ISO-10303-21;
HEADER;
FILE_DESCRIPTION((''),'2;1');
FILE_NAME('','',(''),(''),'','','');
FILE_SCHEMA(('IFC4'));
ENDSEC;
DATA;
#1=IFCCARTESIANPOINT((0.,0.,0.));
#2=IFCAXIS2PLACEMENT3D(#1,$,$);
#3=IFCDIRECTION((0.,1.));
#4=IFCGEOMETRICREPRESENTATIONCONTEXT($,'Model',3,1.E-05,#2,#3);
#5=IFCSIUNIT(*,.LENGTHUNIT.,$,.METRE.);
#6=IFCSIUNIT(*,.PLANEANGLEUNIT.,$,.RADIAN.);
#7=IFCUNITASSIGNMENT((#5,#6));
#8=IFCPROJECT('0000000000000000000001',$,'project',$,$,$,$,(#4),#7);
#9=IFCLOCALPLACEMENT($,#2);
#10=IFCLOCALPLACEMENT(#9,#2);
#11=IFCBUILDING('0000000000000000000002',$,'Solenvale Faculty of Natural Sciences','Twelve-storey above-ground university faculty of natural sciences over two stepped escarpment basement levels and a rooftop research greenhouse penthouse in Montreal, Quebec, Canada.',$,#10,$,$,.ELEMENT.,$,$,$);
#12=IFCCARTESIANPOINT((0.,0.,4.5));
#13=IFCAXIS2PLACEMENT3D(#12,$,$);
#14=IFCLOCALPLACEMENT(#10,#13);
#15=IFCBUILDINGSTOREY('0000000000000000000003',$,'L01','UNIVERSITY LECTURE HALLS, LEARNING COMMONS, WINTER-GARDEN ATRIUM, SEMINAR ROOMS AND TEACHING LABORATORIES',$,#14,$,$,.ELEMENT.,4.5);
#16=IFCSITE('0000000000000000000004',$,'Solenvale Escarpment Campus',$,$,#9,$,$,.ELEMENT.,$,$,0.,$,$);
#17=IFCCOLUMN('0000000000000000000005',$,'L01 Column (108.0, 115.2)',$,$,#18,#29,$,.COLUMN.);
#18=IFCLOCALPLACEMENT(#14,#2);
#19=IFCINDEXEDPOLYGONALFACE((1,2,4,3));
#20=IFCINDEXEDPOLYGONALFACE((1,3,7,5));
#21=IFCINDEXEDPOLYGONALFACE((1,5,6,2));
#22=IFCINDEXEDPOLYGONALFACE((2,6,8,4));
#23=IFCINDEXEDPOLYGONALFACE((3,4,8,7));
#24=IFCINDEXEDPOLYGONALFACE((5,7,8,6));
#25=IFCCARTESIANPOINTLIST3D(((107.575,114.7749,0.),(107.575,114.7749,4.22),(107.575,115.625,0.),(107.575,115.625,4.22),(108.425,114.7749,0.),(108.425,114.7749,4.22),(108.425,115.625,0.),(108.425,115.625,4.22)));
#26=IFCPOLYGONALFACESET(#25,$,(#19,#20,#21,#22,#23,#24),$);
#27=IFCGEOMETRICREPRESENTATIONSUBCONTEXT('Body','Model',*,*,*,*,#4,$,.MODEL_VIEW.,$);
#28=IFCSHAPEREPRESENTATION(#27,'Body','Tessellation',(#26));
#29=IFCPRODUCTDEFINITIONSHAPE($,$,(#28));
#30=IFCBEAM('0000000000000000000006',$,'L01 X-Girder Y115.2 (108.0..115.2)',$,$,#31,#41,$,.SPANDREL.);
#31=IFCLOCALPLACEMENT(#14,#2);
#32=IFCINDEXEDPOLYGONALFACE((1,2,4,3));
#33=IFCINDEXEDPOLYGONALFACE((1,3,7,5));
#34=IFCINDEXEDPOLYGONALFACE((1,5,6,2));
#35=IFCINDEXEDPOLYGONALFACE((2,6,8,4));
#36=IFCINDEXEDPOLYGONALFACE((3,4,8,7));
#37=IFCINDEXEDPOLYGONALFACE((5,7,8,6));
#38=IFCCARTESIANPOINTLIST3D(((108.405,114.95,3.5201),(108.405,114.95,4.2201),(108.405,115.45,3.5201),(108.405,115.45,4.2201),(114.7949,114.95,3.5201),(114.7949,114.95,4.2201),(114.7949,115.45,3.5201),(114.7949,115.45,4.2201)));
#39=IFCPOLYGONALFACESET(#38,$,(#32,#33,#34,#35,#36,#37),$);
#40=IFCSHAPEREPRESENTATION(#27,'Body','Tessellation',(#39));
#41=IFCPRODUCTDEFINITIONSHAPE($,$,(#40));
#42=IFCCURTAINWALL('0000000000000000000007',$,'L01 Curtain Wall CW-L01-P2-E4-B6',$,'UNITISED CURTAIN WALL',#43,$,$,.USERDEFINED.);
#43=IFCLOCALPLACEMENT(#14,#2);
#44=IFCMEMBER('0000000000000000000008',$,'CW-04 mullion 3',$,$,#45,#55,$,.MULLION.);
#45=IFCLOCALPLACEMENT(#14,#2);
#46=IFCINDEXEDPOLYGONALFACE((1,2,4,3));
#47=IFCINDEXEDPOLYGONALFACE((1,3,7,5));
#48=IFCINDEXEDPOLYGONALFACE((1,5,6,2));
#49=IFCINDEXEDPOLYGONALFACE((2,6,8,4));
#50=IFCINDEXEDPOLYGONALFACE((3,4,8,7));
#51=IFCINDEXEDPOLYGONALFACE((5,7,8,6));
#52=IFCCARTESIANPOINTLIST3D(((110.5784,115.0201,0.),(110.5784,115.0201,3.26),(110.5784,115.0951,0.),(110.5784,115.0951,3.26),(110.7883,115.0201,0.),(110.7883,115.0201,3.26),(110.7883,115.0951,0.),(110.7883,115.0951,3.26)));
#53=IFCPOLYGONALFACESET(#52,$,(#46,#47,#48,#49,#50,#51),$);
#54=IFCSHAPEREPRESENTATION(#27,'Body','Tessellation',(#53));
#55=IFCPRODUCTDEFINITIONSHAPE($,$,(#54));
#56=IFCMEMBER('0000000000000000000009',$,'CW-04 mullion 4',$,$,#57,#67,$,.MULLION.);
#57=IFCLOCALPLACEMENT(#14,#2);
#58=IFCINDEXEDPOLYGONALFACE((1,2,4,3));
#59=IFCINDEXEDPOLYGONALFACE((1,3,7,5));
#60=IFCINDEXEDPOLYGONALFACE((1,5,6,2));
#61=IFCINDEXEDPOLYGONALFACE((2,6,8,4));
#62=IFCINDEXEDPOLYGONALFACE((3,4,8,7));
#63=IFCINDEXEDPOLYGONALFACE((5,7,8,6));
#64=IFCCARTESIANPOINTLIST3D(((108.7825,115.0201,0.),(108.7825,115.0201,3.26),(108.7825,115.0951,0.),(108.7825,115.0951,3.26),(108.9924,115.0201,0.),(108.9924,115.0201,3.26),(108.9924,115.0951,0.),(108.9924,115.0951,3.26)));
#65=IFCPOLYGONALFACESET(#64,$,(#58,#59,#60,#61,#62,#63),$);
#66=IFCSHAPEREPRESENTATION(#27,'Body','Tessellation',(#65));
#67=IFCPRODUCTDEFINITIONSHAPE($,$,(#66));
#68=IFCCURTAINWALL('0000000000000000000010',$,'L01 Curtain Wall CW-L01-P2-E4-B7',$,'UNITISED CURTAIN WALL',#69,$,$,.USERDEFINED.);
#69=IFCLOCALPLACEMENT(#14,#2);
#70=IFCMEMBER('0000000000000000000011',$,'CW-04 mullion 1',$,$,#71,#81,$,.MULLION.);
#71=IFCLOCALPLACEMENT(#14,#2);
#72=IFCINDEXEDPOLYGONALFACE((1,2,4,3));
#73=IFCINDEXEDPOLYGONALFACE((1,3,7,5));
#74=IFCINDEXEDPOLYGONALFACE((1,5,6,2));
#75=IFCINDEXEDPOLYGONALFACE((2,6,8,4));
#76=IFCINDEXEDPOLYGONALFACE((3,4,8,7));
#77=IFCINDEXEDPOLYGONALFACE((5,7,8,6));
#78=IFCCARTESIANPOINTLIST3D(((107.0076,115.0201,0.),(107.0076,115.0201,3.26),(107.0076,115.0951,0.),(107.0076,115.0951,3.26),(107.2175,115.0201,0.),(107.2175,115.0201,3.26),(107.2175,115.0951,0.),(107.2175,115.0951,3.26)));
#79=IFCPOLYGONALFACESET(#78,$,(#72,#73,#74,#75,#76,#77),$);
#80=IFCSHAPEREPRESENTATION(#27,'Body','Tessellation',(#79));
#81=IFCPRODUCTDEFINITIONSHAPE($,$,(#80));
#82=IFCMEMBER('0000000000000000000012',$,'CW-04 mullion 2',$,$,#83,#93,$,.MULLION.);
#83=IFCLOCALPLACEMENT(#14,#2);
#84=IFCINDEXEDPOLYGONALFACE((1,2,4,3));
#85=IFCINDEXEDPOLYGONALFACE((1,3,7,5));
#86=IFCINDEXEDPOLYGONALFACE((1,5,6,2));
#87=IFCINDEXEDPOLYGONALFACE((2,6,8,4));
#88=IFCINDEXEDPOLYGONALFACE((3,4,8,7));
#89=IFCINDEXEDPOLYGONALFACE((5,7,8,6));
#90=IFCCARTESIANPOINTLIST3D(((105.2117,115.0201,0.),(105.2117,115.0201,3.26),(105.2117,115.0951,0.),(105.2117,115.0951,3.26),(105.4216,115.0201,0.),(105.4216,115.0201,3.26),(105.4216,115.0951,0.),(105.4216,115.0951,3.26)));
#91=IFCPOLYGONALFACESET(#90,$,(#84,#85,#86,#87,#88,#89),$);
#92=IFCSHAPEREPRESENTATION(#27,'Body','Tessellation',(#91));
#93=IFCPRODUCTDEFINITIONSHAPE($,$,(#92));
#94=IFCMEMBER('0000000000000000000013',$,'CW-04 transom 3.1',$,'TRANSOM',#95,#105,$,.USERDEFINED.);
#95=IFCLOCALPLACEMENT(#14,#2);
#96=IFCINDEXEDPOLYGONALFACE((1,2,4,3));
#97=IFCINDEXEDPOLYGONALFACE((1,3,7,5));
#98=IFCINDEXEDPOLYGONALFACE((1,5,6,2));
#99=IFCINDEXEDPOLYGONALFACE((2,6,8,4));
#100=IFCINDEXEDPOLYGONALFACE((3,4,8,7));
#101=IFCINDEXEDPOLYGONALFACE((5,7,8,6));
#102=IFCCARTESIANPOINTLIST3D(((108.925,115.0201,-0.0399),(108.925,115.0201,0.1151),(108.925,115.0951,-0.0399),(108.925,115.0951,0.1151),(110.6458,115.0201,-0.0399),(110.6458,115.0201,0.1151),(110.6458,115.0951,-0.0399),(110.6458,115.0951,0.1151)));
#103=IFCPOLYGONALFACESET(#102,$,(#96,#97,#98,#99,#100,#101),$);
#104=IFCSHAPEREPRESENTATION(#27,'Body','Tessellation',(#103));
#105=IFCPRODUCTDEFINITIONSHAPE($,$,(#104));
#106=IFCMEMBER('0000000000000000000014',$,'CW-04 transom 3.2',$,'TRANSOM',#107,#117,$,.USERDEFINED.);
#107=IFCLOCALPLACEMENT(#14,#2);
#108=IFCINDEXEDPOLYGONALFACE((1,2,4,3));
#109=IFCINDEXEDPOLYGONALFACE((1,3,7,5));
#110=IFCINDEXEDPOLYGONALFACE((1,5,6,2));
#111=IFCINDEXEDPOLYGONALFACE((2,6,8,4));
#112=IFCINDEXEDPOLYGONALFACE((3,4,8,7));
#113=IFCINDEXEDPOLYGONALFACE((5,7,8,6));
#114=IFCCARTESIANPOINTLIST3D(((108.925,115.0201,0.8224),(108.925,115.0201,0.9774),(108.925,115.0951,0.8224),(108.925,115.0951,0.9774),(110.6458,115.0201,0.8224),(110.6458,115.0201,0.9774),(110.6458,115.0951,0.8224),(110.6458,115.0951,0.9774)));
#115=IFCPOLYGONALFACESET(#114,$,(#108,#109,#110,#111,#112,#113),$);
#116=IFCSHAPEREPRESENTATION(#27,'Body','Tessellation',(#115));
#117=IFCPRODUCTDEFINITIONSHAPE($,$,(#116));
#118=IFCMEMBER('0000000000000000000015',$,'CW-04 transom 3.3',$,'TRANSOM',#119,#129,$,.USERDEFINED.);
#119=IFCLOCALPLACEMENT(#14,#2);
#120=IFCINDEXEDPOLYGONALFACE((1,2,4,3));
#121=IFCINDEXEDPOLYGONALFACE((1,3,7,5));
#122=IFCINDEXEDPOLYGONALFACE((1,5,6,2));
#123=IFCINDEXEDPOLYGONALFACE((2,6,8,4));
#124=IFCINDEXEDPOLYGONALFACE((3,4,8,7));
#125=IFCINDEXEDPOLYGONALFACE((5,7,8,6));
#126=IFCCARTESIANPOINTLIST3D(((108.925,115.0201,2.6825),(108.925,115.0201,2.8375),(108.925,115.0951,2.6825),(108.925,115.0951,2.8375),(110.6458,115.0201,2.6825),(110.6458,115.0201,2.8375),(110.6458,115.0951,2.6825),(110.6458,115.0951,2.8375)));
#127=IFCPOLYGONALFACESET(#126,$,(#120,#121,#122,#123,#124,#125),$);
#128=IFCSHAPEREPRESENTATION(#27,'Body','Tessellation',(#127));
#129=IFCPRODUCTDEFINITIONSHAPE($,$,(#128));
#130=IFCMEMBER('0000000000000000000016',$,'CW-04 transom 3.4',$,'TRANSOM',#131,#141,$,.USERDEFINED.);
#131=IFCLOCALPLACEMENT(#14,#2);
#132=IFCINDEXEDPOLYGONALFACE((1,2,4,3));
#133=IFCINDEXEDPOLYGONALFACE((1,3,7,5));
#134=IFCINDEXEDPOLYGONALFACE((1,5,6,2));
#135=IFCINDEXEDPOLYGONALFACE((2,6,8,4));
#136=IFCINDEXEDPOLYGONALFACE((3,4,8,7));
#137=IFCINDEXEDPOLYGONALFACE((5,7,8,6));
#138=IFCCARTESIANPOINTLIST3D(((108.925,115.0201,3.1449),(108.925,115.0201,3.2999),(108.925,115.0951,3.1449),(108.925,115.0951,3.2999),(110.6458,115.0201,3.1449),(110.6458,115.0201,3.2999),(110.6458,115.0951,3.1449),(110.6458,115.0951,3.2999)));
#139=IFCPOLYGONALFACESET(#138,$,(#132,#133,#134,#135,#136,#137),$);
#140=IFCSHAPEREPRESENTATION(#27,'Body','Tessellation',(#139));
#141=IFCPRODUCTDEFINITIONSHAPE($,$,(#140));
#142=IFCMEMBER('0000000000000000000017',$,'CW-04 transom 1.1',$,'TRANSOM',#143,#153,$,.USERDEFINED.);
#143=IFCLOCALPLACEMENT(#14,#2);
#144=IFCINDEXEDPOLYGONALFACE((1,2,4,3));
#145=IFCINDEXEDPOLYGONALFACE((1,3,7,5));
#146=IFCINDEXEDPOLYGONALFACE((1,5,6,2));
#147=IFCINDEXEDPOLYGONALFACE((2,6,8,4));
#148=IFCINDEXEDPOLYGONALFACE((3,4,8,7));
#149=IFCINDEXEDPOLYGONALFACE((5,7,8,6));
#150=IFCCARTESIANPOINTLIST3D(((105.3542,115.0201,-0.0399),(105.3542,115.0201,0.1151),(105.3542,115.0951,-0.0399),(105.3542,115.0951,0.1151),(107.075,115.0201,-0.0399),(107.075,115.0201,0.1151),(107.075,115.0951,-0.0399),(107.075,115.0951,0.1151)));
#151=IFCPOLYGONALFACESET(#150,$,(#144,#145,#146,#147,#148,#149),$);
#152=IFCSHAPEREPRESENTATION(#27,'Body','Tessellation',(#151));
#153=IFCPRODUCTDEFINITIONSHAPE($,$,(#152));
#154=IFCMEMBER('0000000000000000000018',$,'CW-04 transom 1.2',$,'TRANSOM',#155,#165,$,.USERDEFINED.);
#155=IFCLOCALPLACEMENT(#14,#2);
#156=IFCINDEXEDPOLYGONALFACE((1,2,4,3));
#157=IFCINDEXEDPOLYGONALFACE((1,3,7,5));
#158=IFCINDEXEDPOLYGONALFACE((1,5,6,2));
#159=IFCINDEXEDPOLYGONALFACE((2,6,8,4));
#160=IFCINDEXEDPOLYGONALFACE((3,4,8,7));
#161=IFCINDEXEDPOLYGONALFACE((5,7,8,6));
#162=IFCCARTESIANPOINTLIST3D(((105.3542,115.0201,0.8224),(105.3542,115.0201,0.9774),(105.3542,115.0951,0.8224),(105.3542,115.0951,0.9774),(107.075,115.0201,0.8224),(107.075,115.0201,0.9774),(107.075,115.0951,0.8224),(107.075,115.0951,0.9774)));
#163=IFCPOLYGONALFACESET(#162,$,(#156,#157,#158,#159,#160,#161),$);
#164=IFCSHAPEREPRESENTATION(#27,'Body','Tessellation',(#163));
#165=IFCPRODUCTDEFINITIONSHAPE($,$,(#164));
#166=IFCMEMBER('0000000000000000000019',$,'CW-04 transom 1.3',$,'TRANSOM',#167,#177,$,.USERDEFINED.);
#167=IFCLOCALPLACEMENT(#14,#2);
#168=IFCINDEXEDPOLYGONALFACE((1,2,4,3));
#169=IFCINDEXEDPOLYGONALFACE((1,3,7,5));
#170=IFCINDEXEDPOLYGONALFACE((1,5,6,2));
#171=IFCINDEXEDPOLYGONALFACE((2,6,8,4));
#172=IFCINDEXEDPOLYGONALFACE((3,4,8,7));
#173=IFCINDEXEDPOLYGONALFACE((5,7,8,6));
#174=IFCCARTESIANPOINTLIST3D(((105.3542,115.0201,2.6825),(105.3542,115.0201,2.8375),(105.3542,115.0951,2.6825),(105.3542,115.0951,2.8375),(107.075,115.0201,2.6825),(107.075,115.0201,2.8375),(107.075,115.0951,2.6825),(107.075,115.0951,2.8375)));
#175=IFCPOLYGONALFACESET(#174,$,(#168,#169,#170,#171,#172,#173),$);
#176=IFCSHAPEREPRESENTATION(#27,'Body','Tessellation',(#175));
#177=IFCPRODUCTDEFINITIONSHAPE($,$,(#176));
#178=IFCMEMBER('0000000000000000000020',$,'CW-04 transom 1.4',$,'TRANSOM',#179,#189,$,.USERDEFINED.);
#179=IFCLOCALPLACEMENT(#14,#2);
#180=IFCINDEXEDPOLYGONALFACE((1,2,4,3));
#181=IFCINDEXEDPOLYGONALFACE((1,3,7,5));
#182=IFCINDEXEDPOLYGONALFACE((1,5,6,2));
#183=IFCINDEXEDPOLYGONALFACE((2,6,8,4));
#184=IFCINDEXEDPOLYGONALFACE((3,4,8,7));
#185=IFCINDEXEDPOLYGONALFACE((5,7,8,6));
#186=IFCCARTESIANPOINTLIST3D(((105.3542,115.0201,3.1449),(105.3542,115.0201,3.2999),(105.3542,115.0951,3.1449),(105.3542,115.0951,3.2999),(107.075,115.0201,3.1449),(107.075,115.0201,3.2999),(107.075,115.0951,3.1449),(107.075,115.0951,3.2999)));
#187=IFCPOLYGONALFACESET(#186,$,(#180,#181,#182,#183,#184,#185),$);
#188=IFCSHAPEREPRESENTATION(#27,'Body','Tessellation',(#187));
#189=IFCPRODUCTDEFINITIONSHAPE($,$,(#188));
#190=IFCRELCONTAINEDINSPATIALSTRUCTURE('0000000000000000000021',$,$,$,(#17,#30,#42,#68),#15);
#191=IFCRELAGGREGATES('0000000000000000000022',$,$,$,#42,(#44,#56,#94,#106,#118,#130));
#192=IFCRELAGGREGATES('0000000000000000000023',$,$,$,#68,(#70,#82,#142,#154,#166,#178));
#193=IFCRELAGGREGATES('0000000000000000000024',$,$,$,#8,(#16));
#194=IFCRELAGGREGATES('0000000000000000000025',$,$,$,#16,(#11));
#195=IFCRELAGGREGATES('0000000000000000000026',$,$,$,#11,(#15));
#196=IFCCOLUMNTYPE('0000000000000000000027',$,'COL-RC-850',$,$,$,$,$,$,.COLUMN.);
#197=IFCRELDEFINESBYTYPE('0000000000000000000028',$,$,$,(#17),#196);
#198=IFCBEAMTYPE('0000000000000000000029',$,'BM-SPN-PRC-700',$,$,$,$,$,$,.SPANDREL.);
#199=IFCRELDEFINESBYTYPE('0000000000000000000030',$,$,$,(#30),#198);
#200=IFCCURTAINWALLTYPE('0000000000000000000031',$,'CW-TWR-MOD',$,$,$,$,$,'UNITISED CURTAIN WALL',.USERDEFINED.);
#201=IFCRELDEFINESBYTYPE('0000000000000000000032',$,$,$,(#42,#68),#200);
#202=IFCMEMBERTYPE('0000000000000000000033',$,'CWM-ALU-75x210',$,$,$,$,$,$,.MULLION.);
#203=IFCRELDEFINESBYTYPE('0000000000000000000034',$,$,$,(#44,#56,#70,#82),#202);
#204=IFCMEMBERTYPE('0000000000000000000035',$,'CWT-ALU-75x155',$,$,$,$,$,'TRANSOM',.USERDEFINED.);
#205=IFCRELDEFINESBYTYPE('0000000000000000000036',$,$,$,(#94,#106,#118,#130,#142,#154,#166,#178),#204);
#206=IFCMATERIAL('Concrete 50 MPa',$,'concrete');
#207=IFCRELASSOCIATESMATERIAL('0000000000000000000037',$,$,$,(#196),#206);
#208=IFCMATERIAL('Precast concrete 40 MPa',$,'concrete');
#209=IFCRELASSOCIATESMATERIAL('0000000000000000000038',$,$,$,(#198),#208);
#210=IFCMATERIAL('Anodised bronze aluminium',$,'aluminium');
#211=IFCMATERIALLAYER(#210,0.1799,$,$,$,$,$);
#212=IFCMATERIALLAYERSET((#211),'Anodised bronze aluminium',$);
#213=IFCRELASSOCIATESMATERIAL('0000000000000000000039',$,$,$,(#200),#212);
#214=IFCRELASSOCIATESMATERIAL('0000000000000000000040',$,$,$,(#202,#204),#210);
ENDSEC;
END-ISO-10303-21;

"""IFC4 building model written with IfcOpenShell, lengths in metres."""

from ifc_helpers import new_model, si_unit, direction, frame, origin, origin_2d, place, context, subcontext, project, spatial, rectangle, extrude, material, layer, layer_set, material_profile, profile_set, type_object, element, aggregate, save


model = new_model("IFC4")

# Units and contexts
model_context = context("Model", 3, precision=1e-05, world=origin(), true_north=direction((0.0, 1.0)))
body_context = subcontext(model_context, "Body", "Model", "MODEL_VIEW")
ifc_project = project(units=[si_unit("LENGTHUNIT", "METRE"), si_unit("PLANEANGLEUNIT", "RADIAN")], contexts=[model_context])

# Site, building, storey
site_placement = place(None, origin())
site = spatial("IfcSite", under=ifc_project, at=site_placement, Name="Solenvale Escarpment Campus", CompositionType="ELEMENT", RefElevation=0.0)
building_placement = place(site_placement, origin())
building = spatial("IfcBuilding", under=site, at=building_placement, Name="Solenvale Faculty of Natural Sciences", Description="Twelve-storey above-ground university faculty of natural sciences over two stepped escarpment basement levels and a rooftop research greenhouse penthouse in Montreal, Quebec, Canada.", CompositionType="ELEMENT")
storey_placement = place(building_placement, frame((0.0, 0.0, 4.5)))
storey = spatial("IfcBuildingStorey", under=building, at=storey_placement, Name="L01", Description="UNIVERSITY LECTURE HALLS, LEARNING COMMONS, WINTER-GARDEN ATRIUM, SEMINAR ROOMS AND TEACHING LABORATORIES", CompositionType="ELEMENT", Elevation=4.5)

# Column
ifc_material_1 = material(Name="Concrete 50 MPa", Category="concrete")
ifc_material_profile_1 = material_profile(ifc_material_1, rectangle(XDim=0.8501, YDim=0.8501, at=origin_2d()), Name="RC-COL-850x850")
ifc_profile_set_1 = profile_set([ifc_material_profile_1], Name="Concrete 50 MPa")
column_type = type_object("IfcColumnType", Name="COL-RC-850", PredefinedType="COLUMN", material=ifc_profile_set_1)
column_placement = place(storey_placement, frame((108.0, 115.2, 0.0), z_axis=(0.0, 0.0, 1.0), x_axis=(1.0, 0.0, 0.0)))
element("IfcColumn", 1, at=column_placement, inside=storey, type_object=column_type, Name="L01 Column (108.0, 115.2)", PredefinedType="COLUMN", context=body_context, shape_type="SweptSolid", body=[
    extrude(rectangle(XDim=0.8501, YDim=0.8501, at=origin_2d()), origin(), (0.0, 0.0, 1.0), 4.22),
])

# Beam
ifc_material_2 = material(Name="Precast concrete 40 MPa", Category="concrete")
ifc_material_profile_2 = material_profile(ifc_material_2, rectangle(XDim=0.5, YDim=0.7, at=origin_2d()), Name="RC-BM-500x700")
ifc_profile_set_2 = profile_set([ifc_material_profile_2], Name="Precast concrete 40 MPa")
beam_type = type_object("IfcBeamType", Name="BM-SPN-PRC-700", PredefinedType="SPANDREL", material=ifc_profile_set_2)
beam_placement = place(storey_placement, frame((108.405, 115.2, 3.8701), z_axis=(1.0, 0.0, 0.0), x_axis=(0.0, 1.0, 0.0)))
element("IfcBeam", 2, at=beam_placement, inside=storey, type_object=beam_type, Name="L01 X-Girder Y115.2 (108.0..115.2)", PredefinedType="SPANDREL", context=body_context, shape_type="SweptSolid", body=[
    extrude(rectangle(XDim=0.5, YDim=0.7, at=origin_2d()), origin(), (0.0, 0.0, 1.0), 6.3899),
])

# Curtain walls, members
ifc_material_3 = material(Name="Anodised bronze aluminium", Category="aluminium")
ifc_layer_1 = layer(ifc_material_3, 0.1799)
ifc_layer_set_1 = layer_set([ifc_layer_1], Name="Anodised bronze aluminium")
curtain_wall_type = type_object("IfcCurtainWallType", Name="CW-TWR-MOD", ElementType="UNITISED CURTAIN WALL", PredefinedType="USERDEFINED", material=ifc_layer_set_1)
curtain_wall_1_placement = place(storey_placement, origin())
curtain_wall_1 = element("IfcCurtainWall", 3, at=curtain_wall_1_placement, inside=storey, type_object=curtain_wall_type, Name="L01 Curtain Wall CW-L01-P2-E4-B6", ObjectType="UNITISED CURTAIN WALL", PredefinedType="USERDEFINED")
ifc_material_profile_3 = material_profile(ifc_material_3, rectangle(XDim=0.075, YDim=0.21, at=origin_2d()), Name="ALU-MUL-75x210")
ifc_profile_set_3 = profile_set([ifc_material_profile_3], Name="Anodised bronze aluminium")
member_type_1 = type_object("IfcMemberType", Name="CWM-ALU-75x210", PredefinedType="MULLION", material=ifc_profile_set_3)
member_1_placement = place(storey_placement, frame((110.6833, 115.0576, 0.0), z_axis=(0.0, 0.0, 1.0), x_axis=(0.0, -1.0, 0.0)))
member_1 = element("IfcMember", 4, at=member_1_placement, type_object=member_type_1, Name="CW-04 mullion 3", PredefinedType="MULLION", context=body_context, shape_type="SweptSolid", body=[
    extrude(rectangle(XDim=0.075, YDim=0.21, at=origin_2d()), origin(), (0.0, 0.0, 1.0), 3.26),
])
member_2_placement = place(storey_placement, frame((108.8875, 115.0576, 0.0), z_axis=(0.0, 0.0, 1.0), x_axis=(0.0, -1.0, 0.0)))
member_2 = element("IfcMember", 5, at=member_2_placement, type_object=member_type_1, Name="CW-04 mullion 4", PredefinedType="MULLION", context=body_context, shape_type="SweptSolid", body=[
    extrude(rectangle(XDim=0.075, YDim=0.21, at=origin_2d()), origin(), (0.0, 0.0, 1.0), 3.26),
])
curtain_wall_2_placement = place(storey_placement, origin())
curtain_wall_2 = element("IfcCurtainWall", 6, at=curtain_wall_2_placement, inside=storey, type_object=curtain_wall_type, Name="L01 Curtain Wall CW-L01-P2-E4-B7", ObjectType="UNITISED CURTAIN WALL", PredefinedType="USERDEFINED")
member_3_placement = place(storey_placement, frame((107.1125, 115.0576, 0.0), z_axis=(0.0, 0.0, 1.0), x_axis=(0.0, -1.0, 0.0)))
member_3 = element("IfcMember", 7, at=member_3_placement, type_object=member_type_1, Name="CW-04 mullion 1", PredefinedType="MULLION", context=body_context, shape_type="SweptSolid", body=[
    extrude(rectangle(XDim=0.075, YDim=0.21, at=origin_2d()), origin(), (0.0, 0.0, 1.0), 3.26),
])
member_4_placement = place(storey_placement, frame((105.3167, 115.0576, 0.0), z_axis=(0.0, 0.0, 1.0), x_axis=(0.0, -1.0, 0.0)))
member_4 = element("IfcMember", 8, at=member_4_placement, type_object=member_type_1, Name="CW-04 mullion 2", PredefinedType="MULLION", context=body_context, shape_type="SweptSolid", body=[
    extrude(rectangle(XDim=0.075, YDim=0.21, at=origin_2d()), origin(), (0.0, 0.0, 1.0), 3.26),
])

# Members
ifc_material_profile_4 = material_profile(ifc_material_3, rectangle(XDim=0.075, YDim=0.155, at=origin_2d()), Name="ALU-TRN-75x155")
ifc_profile_set_4 = profile_set([ifc_material_profile_4], Name="Anodised bronze aluminium")
member_type_2 = type_object("IfcMemberType", Name="CWT-ALU-75x155", ElementType="TRANSOM", PredefinedType="USERDEFINED", material=ifc_profile_set_4)
member_5_placement = place(storey_placement, frame((110.6458, 115.0576, 0.0376), z_axis=(-1.0, 0.0, 0.0), x_axis=(0.0, -1.0, 0.0)))
member_5 = element("IfcMember", 9, at=member_5_placement, type_object=member_type_2, Name="CW-04 transom 3.1", ObjectType="TRANSOM", PredefinedType="USERDEFINED", context=body_context, shape_type="SweptSolid", body=[
    extrude(rectangle(XDim=0.075, YDim=0.155, at=origin_2d()), origin(), (0.0, 0.0, 1.0), 1.7207),
])
member_6_placement = place(storey_placement, frame((110.6458, 115.0576, 0.8999), z_axis=(-1.0, 0.0, 0.0), x_axis=(0.0, -1.0, 0.0)))
member_6 = element("IfcMember", 10, at=member_6_placement, type_object=member_type_2, Name="CW-04 transom 3.2", ObjectType="TRANSOM", PredefinedType="USERDEFINED", context=body_context, shape_type="SweptSolid", body=[
    extrude(rectangle(XDim=0.075, YDim=0.155, at=origin_2d()), origin(), (0.0, 0.0, 1.0), 1.7207),
])
member_7_placement = place(storey_placement, frame((110.6458, 115.0576, 2.76), z_axis=(-1.0, 0.0, 0.0), x_axis=(0.0, -1.0, 0.0)))
member_7 = element("IfcMember", 11, at=member_7_placement, type_object=member_type_2, Name="CW-04 transom 3.3", ObjectType="TRANSOM", PredefinedType="USERDEFINED", context=body_context, shape_type="SweptSolid", body=[
    extrude(rectangle(XDim=0.075, YDim=0.155, at=origin_2d()), origin(), (0.0, 0.0, 1.0), 1.7207),
])
member_8_placement = place(storey_placement, frame((110.6458, 115.0576, 3.2224), z_axis=(-1.0, 0.0, 0.0), x_axis=(0.0, -1.0, 0.0)))
member_8 = element("IfcMember", 12, at=member_8_placement, type_object=member_type_2, Name="CW-04 transom 3.4", ObjectType="TRANSOM", PredefinedType="USERDEFINED", context=body_context, shape_type="SweptSolid", body=[
    extrude(rectangle(XDim=0.075, YDim=0.155, at=origin_2d()), origin(), (0.0, 0.0, 1.0), 1.7207),
])
member_9_placement = place(storey_placement, frame((107.075, 115.0576, 0.0376), z_axis=(-1.0, 0.0, 0.0), x_axis=(0.0, -1.0, 0.0)))
member_9 = element("IfcMember", 13, at=member_9_placement, type_object=member_type_2, Name="CW-04 transom 1.1", ObjectType="TRANSOM", PredefinedType="USERDEFINED", context=body_context, shape_type="SweptSolid", body=[
    extrude(rectangle(XDim=0.075, YDim=0.155, at=origin_2d()), origin(), (0.0, 0.0, 1.0), 1.7207),
])
member_10_placement = place(storey_placement, frame((107.075, 115.0576, 0.8999), z_axis=(-1.0, 0.0, 0.0), x_axis=(0.0, -1.0, 0.0)))
member_10 = element("IfcMember", 14, at=member_10_placement, type_object=member_type_2, Name="CW-04 transom 1.2", ObjectType="TRANSOM", PredefinedType="USERDEFINED", context=body_context, shape_type="SweptSolid", body=[
    extrude(rectangle(XDim=0.075, YDim=0.155, at=origin_2d()), origin(), (0.0, 0.0, 1.0), 1.7207),
])
member_11_placement = place(storey_placement, frame((107.075, 115.0576, 2.76), z_axis=(-1.0, 0.0, 0.0), x_axis=(0.0, -1.0, 0.0)))
member_11 = element("IfcMember", 15, at=member_11_placement, type_object=member_type_2, Name="CW-04 transom 1.3", ObjectType="TRANSOM", PredefinedType="USERDEFINED", context=body_context, shape_type="SweptSolid", body=[
    extrude(rectangle(XDim=0.075, YDim=0.155, at=origin_2d()), origin(), (0.0, 0.0, 1.0), 1.7207),
])
member_12_placement = place(storey_placement, frame((107.075, 115.0576, 3.2224), z_axis=(-1.0, 0.0, 0.0), x_axis=(0.0, -1.0, 0.0)))
member_12 = element("IfcMember", 16, at=member_12_placement, type_object=member_type_2, Name="CW-04 transom 1.4", ObjectType="TRANSOM", PredefinedType="USERDEFINED", context=body_context, shape_type="SweptSolid", body=[
    extrude(rectangle(XDim=0.075, YDim=0.155, at=origin_2d()), origin(), (0.0, 0.0, 1.0), 1.7207),
])

aggregate(curtain_wall_1, [member_1, member_2, member_5, member_6, member_7, member_8])
aggregate(curtain_wall_2, [member_3, member_4, member_9, member_10, member_11, member_12])

save(model, "model.ifc")
